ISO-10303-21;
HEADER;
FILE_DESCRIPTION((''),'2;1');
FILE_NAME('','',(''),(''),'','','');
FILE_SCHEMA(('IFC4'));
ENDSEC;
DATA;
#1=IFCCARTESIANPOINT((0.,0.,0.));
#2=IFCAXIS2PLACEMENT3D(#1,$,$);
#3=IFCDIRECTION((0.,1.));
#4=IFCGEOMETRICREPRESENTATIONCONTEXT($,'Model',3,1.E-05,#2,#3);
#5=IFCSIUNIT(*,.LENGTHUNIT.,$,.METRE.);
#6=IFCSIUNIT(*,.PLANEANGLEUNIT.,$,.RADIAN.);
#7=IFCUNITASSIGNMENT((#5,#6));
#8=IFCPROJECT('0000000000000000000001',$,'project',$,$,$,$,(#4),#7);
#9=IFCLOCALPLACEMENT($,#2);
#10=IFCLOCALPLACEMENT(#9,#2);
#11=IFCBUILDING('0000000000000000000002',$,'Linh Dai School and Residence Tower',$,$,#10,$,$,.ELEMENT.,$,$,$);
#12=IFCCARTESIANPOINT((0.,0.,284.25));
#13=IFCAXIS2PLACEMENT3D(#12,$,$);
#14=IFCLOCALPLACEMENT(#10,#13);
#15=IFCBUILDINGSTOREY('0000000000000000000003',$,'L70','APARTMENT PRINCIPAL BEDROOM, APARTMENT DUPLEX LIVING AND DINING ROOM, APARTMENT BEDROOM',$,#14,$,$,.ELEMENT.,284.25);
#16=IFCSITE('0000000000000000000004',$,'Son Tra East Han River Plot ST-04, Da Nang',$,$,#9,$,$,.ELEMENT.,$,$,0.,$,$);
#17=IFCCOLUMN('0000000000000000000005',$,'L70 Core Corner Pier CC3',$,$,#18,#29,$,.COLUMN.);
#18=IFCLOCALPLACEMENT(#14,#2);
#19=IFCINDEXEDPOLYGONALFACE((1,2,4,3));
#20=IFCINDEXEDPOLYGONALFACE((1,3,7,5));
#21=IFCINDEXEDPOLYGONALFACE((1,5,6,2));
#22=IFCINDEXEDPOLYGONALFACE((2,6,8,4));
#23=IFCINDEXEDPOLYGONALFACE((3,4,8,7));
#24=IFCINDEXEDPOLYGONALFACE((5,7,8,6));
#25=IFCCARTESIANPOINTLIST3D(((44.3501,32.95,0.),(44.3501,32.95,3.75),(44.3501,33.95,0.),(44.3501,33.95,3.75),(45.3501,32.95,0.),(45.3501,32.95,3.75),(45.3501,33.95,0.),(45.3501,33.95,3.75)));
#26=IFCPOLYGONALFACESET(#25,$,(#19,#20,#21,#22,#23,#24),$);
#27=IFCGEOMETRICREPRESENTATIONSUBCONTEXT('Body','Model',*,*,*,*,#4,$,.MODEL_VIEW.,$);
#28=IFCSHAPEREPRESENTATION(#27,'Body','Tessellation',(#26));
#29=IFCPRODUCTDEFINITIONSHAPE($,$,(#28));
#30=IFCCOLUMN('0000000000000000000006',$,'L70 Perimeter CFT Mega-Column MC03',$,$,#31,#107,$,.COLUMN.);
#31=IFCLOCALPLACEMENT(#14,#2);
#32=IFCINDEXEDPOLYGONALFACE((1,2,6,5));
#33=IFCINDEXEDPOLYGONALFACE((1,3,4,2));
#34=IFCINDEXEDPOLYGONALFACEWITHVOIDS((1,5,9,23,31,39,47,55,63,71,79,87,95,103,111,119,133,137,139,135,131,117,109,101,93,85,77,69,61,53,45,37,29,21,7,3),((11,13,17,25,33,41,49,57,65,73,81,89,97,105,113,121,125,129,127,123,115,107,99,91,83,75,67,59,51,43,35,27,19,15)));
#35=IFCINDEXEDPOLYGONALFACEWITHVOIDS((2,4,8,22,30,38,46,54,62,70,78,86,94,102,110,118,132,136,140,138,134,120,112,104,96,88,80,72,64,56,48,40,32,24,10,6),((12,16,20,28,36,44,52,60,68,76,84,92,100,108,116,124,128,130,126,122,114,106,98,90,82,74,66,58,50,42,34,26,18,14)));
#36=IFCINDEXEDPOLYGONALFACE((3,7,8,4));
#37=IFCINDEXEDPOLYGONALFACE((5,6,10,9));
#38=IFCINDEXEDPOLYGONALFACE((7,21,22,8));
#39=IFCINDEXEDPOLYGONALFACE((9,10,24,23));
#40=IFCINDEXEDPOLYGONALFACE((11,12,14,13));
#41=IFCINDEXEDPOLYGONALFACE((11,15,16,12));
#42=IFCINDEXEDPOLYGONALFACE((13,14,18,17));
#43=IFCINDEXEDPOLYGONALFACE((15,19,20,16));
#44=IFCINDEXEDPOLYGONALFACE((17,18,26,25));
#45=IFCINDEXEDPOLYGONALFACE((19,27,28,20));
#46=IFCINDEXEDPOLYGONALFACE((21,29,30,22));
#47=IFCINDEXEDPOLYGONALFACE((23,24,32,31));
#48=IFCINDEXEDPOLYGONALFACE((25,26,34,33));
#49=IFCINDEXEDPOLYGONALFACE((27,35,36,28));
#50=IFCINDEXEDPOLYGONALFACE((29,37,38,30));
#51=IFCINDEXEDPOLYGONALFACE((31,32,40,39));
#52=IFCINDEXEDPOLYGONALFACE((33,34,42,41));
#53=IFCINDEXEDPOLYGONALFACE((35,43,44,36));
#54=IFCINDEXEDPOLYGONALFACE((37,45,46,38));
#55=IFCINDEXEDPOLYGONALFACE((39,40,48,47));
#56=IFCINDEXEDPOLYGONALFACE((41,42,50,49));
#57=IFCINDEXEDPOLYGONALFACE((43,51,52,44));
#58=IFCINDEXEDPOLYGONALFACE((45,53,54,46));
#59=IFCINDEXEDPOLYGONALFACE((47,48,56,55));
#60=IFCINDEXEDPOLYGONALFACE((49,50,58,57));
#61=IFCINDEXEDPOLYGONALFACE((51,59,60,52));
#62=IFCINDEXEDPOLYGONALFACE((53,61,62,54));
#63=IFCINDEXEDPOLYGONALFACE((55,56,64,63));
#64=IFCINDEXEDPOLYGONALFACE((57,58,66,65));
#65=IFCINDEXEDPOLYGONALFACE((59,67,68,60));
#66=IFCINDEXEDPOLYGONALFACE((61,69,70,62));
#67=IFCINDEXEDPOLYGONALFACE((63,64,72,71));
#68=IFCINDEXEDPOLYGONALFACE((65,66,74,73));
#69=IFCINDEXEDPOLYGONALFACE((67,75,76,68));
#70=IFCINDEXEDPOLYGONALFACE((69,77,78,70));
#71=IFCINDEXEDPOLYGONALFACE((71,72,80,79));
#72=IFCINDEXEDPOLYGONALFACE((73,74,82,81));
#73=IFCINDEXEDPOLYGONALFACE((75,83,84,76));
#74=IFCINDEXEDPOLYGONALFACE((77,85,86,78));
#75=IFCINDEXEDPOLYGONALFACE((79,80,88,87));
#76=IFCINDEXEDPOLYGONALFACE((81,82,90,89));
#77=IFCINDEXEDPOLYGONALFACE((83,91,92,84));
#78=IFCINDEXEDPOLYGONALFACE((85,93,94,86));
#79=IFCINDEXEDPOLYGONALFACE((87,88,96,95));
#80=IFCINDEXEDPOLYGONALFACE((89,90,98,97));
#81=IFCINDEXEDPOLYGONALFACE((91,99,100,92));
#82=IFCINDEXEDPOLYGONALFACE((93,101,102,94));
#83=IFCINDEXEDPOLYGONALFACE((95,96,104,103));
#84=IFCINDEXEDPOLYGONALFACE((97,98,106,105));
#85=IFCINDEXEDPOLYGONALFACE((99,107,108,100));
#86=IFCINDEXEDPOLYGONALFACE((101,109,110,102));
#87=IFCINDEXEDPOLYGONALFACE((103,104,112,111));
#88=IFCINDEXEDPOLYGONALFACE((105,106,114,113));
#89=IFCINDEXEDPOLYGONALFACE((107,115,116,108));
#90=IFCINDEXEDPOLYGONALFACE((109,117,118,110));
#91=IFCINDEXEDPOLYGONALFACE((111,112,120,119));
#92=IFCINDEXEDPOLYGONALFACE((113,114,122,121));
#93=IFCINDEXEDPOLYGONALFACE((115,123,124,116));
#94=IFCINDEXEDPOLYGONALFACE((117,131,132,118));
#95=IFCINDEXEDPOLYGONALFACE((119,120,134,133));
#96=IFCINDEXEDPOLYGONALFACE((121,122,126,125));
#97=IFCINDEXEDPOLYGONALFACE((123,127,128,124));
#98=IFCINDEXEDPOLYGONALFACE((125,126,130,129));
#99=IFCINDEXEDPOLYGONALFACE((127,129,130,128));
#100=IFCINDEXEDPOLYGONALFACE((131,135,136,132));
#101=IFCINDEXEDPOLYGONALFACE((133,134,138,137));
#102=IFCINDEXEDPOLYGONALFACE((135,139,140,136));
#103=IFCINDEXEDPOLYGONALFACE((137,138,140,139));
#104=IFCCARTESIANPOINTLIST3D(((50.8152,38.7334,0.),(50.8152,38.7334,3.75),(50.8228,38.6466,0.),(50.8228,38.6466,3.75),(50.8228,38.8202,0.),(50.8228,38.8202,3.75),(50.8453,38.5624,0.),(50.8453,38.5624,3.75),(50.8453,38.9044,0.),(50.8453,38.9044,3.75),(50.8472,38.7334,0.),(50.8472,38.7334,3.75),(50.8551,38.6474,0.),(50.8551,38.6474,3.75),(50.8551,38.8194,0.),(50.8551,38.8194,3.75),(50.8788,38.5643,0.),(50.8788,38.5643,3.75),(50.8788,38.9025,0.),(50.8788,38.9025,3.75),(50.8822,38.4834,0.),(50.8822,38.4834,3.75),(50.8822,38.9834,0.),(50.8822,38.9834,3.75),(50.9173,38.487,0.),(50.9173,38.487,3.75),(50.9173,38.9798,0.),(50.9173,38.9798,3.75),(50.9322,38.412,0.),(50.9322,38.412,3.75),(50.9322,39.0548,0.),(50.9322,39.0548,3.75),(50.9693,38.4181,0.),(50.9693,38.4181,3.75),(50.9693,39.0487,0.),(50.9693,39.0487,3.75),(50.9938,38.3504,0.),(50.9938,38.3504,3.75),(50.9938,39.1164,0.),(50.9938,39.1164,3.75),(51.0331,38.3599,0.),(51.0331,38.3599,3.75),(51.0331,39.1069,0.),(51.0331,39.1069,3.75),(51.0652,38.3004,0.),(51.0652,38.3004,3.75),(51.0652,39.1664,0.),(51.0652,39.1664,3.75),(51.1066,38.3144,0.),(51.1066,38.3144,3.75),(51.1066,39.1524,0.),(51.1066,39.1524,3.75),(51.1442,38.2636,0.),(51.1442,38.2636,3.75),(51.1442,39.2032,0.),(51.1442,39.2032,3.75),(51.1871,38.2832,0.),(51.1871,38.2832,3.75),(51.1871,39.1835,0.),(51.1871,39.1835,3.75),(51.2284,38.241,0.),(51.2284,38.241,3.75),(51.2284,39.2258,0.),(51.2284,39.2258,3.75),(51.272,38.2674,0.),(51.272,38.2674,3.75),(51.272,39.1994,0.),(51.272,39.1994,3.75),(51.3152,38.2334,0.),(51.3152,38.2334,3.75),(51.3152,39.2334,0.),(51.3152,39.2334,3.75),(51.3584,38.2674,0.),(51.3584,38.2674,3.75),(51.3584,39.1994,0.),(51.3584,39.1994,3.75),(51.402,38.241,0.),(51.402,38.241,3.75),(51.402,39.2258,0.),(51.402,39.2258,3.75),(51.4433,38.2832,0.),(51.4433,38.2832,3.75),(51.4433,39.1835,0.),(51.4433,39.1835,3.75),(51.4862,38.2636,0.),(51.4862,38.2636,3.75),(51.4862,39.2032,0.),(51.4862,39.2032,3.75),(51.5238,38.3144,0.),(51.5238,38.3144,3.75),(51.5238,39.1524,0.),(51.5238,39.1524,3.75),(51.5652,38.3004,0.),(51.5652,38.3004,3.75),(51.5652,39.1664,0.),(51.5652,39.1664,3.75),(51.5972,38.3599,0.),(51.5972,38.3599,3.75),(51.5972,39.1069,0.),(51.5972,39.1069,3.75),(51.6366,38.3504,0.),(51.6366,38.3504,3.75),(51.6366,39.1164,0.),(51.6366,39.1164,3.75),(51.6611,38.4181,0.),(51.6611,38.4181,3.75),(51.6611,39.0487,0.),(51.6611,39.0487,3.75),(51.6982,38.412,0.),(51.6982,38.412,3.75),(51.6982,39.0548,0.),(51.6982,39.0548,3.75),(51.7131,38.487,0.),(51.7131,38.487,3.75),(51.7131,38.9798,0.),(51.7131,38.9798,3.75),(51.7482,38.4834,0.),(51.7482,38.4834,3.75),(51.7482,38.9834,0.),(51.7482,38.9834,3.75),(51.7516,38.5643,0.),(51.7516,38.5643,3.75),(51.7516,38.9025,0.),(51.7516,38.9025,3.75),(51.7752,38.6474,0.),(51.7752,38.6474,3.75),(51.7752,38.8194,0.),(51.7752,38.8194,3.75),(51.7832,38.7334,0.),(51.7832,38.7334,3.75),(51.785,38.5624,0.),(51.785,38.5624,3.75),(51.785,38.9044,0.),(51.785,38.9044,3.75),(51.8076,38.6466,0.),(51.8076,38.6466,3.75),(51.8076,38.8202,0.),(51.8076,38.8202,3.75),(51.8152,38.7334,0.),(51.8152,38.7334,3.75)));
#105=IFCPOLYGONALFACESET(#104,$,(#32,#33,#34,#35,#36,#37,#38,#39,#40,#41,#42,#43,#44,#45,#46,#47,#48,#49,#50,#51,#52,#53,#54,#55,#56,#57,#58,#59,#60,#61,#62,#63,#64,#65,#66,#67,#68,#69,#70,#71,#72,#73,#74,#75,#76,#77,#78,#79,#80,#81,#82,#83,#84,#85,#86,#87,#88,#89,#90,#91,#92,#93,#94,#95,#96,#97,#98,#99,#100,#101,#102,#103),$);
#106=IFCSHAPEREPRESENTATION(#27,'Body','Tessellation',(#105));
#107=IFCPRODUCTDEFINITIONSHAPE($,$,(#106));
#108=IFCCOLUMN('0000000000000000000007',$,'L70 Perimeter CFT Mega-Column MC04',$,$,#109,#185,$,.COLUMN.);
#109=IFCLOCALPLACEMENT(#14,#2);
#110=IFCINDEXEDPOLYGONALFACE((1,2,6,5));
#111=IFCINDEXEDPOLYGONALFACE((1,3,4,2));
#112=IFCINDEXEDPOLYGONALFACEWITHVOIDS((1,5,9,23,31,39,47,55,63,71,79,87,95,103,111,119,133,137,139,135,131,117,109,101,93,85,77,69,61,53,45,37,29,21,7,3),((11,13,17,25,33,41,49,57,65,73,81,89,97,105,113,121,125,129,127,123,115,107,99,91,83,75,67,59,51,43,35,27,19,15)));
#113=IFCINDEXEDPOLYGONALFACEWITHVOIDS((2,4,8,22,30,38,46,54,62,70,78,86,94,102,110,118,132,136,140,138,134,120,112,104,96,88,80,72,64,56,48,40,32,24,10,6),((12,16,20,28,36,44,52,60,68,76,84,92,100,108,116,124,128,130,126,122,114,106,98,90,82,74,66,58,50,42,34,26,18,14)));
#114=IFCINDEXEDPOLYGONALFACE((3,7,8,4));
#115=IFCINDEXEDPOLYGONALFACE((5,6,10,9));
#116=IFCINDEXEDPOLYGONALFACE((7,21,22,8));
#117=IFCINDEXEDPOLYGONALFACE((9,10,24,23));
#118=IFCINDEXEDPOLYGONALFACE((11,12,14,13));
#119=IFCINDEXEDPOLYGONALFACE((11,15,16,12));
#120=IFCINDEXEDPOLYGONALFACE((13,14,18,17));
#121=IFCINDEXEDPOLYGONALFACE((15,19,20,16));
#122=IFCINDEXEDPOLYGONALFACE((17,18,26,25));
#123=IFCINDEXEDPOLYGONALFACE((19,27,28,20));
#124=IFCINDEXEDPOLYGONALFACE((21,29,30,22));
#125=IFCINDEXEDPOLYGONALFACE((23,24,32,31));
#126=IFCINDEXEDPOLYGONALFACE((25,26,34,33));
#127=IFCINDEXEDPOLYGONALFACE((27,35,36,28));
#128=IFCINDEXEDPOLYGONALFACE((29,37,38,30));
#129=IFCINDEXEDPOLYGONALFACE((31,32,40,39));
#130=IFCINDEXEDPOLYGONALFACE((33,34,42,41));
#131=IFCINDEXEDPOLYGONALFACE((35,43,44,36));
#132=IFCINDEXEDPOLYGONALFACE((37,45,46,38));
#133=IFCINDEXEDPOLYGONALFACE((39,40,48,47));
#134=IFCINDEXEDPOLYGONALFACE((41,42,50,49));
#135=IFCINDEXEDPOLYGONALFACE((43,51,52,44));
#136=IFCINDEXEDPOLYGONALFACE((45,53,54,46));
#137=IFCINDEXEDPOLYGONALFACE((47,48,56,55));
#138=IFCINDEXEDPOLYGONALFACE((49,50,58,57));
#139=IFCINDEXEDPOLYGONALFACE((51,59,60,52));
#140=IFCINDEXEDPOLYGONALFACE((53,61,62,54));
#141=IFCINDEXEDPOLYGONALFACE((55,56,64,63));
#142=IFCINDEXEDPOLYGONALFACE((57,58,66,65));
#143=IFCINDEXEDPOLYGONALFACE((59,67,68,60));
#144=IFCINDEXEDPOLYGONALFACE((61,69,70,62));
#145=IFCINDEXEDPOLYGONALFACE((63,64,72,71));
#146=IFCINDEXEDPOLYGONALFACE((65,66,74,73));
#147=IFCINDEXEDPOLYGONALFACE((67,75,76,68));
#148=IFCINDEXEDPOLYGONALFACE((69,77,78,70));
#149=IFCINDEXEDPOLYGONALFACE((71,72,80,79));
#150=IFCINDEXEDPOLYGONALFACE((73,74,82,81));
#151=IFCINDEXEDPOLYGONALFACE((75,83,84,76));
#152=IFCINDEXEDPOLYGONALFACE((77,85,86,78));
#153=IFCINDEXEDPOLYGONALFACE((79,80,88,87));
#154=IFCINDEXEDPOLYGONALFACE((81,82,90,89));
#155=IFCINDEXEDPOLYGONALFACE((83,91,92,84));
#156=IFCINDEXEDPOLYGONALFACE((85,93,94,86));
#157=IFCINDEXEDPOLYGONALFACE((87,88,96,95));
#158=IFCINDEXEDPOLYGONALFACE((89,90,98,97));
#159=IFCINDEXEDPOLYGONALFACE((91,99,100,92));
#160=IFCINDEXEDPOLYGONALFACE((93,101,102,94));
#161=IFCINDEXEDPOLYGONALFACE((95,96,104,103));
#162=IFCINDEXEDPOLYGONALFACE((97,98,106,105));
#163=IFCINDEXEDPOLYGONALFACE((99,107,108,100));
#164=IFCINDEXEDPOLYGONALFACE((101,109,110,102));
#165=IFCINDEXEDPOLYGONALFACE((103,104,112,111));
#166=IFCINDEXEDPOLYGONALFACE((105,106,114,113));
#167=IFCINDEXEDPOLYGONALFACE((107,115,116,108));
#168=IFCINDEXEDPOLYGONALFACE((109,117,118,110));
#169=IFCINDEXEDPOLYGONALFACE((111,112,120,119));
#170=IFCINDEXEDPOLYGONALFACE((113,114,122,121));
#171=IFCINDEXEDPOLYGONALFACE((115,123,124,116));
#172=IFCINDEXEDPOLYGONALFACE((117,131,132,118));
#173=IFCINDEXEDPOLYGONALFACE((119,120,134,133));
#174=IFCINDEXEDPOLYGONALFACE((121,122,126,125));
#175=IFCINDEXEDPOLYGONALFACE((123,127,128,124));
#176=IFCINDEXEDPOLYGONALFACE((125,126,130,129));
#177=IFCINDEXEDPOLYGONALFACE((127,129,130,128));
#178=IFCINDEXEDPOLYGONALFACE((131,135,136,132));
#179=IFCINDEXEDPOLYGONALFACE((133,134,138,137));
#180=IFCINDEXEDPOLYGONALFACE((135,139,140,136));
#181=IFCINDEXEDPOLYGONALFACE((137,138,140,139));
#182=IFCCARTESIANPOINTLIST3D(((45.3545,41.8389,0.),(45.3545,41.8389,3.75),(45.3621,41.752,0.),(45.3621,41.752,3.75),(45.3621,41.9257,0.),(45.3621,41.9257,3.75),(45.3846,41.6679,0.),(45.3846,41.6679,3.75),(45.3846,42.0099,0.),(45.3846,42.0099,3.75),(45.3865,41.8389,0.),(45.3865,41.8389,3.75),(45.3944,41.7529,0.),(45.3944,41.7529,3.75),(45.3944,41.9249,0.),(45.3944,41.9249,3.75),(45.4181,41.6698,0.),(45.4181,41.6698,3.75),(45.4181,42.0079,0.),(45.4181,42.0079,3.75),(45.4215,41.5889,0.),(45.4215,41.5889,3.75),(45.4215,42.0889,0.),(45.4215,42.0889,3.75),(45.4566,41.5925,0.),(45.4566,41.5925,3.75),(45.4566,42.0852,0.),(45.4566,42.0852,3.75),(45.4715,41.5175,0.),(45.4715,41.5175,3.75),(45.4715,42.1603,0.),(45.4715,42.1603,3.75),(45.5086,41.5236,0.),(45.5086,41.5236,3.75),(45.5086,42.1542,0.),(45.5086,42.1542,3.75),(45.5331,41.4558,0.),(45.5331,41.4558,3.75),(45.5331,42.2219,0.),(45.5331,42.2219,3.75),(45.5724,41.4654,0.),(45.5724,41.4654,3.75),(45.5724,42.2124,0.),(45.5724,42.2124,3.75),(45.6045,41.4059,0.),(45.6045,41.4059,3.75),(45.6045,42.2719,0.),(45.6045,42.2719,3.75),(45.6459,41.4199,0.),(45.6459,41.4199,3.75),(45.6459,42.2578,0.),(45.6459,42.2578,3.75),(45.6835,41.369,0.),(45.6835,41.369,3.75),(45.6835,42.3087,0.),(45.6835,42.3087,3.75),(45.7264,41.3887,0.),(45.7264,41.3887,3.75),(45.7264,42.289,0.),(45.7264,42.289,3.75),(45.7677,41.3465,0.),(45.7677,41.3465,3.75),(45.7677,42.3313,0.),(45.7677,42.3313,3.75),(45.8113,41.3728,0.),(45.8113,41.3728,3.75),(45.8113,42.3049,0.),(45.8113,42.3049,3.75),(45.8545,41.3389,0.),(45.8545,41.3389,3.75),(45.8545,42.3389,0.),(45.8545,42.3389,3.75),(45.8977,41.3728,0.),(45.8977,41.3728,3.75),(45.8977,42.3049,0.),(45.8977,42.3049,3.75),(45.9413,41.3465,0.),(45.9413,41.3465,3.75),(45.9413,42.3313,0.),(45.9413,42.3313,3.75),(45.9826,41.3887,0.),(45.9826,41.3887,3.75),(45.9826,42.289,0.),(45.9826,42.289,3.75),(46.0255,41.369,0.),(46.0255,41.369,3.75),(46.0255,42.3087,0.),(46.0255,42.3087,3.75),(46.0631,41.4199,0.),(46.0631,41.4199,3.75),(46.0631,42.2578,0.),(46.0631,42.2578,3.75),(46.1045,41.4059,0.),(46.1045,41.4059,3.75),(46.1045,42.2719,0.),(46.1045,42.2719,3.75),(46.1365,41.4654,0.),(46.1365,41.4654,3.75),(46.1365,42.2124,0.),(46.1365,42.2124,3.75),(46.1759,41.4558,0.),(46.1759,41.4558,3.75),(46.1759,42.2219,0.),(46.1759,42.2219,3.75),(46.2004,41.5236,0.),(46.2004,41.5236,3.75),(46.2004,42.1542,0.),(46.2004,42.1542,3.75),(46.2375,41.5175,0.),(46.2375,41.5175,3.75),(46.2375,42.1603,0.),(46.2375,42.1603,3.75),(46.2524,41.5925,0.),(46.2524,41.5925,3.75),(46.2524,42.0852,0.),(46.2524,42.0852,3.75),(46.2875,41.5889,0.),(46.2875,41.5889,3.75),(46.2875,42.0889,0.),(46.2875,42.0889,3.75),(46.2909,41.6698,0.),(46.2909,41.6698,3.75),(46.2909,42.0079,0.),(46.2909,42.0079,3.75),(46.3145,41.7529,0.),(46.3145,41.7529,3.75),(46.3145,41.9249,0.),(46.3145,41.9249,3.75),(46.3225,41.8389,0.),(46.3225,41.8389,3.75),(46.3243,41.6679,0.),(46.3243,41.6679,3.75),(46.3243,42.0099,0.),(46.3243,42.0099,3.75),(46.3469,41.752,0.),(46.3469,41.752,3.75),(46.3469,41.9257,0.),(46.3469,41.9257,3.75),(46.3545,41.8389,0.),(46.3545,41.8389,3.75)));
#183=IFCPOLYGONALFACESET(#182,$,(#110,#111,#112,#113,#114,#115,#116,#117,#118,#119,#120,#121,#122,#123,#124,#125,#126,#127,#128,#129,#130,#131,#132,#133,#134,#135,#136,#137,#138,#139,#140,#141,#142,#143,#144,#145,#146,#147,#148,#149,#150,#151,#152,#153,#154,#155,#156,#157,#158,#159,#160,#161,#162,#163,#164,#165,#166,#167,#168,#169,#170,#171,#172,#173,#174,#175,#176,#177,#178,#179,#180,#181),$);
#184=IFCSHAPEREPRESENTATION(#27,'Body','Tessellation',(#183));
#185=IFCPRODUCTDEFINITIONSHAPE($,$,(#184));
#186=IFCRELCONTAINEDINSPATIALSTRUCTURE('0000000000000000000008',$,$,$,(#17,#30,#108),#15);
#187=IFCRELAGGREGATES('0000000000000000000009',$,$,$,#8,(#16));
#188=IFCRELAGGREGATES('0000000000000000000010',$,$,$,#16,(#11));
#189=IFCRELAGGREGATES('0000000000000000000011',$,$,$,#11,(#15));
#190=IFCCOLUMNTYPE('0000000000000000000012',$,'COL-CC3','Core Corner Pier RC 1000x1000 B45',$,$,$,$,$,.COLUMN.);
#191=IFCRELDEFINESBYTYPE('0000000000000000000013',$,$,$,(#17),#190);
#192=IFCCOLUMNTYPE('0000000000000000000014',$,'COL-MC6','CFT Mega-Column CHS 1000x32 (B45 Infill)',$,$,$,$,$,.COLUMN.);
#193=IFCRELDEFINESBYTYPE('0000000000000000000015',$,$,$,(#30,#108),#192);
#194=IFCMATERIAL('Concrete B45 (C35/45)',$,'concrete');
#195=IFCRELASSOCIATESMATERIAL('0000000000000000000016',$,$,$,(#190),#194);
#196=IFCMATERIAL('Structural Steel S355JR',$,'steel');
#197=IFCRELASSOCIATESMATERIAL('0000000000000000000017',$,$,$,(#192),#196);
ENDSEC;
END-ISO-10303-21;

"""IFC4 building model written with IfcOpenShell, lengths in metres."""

from ifc_helpers import new_model, si_unit, direction, frame, origin, origin_2d, place, context, subcontext, project, spatial, rectangle, hollow_circle, extrude, material, material_profile, profile_set, type_object, element, save


model = new_model("IFC4")

# Units and contexts
model_context = context("Model", 3, precision=1e-05, world=origin(), true_north=direction((0.0, 1.0)))
body_context = subcontext(model_context, "Body", "Model", "MODEL_VIEW")
ifc_project = project(units=[si_unit("LENGTHUNIT", "METRE"), si_unit("PLANEANGLEUNIT", "RADIAN")], contexts=[model_context])

# Site, building, storey
site_placement = place(None, origin())
site = spatial("IfcSite", under=ifc_project, at=site_placement, Name="Son Tra East Han River Plot ST-04, Da Nang", CompositionType="ELEMENT", RefElevation=0.0)
building_placement = place(site_placement, origin())
building = spatial("IfcBuilding", under=site, at=building_placement, Name="Linh Dai School and Residence Tower", CompositionType="ELEMENT")
storey_placement = place(building_placement, frame((0.0, 0.0, 284.25)))
storey = spatial("IfcBuildingStorey", under=building, at=storey_placement, Name="L70", Description="APARTMENT PRINCIPAL BEDROOM, APARTMENT DUPLEX LIVING AND DINING ROOM, APARTMENT BEDROOM", CompositionType="ELEMENT", Elevation=284.25)

# Columns
ifc_material_1 = material(Name="Concrete B45 (C35/45)", Category="concrete")
ifc_material_profile_1 = material_profile(ifc_material_1, rectangle(XDim=1.0, YDim=1.0, at=origin_2d()), Name="RC 1000x1000")
ifc_profile_set_1 = profile_set([ifc_material_profile_1], Name="Concrete B45 (C35/45)")
column_type_1 = type_object("IfcColumnType", Name="COL-CC3", Description="Core Corner Pier RC 1000x1000 B45", PredefinedType="COLUMN", material=ifc_profile_set_1)
column_placement = place(storey_placement, frame((44.8501, 33.45, 0.0), z_axis=(0.0, 0.0, 1.0), x_axis=(1.0, 0.0, 0.0)))
element("IfcColumn", 1, at=column_placement, inside=storey, type_object=column_type_1, Name="L70 Core Corner Pier CC3", PredefinedType="COLUMN", context=body_context, shape_type="SweptSolid", body=[
    extrude(rectangle(XDim=1.0, YDim=1.0, at=origin_2d()), origin(), (0.0, 0.0, 1.0), 3.75),
])
ifc_material_2 = material(Name="Structural Steel S355JR", Category="steel")
ifc_material_profile_2 = material_profile(ifc_material_2, hollow_circle(Radius=0.5, WallThickness=0.032, at=origin_2d()), Name="CHS 1000x32")
ifc_profile_set_2 = profile_set([ifc_material_profile_2], Name="Structural Steel S355JR")
column_type_2 = type_object("IfcColumnType", Name="COL-MC6", Description="CFT Mega-Column CHS 1000x32 (B45 Infill)", PredefinedType="COLUMN", material=ifc_profile_set_2)
for number, where, z_axis, x_axis, name in (
    (2, (51.3152, 38.7334, 0.0), (0.0, 0.0, 1.0), (1.0, 0.0, 0.0), "L70 Perimeter CFT Mega-Column MC03"),
    (3, (45.8545, 41.8389, 0.0), (0.0, 0.0, 1.0), (1.0, 0.0, 0.0), "L70 Perimeter CFT Mega-Column MC04"),
):
    element("IfcColumn", number, at=place(storey_placement, frame(where, z_axis=z_axis, x_axis=x_axis)), inside=storey, type_object=column_type_2, Name=name, PredefinedType="COLUMN", context=body_context, shape_type="SweptSolid", body=[
        extrude(hollow_circle(Radius=0.5, WallThickness=0.032, at=origin_2d()), origin(), (0.0, 0.0, 1.0), 3.75),
    ])

save(model, "model.ifc")
